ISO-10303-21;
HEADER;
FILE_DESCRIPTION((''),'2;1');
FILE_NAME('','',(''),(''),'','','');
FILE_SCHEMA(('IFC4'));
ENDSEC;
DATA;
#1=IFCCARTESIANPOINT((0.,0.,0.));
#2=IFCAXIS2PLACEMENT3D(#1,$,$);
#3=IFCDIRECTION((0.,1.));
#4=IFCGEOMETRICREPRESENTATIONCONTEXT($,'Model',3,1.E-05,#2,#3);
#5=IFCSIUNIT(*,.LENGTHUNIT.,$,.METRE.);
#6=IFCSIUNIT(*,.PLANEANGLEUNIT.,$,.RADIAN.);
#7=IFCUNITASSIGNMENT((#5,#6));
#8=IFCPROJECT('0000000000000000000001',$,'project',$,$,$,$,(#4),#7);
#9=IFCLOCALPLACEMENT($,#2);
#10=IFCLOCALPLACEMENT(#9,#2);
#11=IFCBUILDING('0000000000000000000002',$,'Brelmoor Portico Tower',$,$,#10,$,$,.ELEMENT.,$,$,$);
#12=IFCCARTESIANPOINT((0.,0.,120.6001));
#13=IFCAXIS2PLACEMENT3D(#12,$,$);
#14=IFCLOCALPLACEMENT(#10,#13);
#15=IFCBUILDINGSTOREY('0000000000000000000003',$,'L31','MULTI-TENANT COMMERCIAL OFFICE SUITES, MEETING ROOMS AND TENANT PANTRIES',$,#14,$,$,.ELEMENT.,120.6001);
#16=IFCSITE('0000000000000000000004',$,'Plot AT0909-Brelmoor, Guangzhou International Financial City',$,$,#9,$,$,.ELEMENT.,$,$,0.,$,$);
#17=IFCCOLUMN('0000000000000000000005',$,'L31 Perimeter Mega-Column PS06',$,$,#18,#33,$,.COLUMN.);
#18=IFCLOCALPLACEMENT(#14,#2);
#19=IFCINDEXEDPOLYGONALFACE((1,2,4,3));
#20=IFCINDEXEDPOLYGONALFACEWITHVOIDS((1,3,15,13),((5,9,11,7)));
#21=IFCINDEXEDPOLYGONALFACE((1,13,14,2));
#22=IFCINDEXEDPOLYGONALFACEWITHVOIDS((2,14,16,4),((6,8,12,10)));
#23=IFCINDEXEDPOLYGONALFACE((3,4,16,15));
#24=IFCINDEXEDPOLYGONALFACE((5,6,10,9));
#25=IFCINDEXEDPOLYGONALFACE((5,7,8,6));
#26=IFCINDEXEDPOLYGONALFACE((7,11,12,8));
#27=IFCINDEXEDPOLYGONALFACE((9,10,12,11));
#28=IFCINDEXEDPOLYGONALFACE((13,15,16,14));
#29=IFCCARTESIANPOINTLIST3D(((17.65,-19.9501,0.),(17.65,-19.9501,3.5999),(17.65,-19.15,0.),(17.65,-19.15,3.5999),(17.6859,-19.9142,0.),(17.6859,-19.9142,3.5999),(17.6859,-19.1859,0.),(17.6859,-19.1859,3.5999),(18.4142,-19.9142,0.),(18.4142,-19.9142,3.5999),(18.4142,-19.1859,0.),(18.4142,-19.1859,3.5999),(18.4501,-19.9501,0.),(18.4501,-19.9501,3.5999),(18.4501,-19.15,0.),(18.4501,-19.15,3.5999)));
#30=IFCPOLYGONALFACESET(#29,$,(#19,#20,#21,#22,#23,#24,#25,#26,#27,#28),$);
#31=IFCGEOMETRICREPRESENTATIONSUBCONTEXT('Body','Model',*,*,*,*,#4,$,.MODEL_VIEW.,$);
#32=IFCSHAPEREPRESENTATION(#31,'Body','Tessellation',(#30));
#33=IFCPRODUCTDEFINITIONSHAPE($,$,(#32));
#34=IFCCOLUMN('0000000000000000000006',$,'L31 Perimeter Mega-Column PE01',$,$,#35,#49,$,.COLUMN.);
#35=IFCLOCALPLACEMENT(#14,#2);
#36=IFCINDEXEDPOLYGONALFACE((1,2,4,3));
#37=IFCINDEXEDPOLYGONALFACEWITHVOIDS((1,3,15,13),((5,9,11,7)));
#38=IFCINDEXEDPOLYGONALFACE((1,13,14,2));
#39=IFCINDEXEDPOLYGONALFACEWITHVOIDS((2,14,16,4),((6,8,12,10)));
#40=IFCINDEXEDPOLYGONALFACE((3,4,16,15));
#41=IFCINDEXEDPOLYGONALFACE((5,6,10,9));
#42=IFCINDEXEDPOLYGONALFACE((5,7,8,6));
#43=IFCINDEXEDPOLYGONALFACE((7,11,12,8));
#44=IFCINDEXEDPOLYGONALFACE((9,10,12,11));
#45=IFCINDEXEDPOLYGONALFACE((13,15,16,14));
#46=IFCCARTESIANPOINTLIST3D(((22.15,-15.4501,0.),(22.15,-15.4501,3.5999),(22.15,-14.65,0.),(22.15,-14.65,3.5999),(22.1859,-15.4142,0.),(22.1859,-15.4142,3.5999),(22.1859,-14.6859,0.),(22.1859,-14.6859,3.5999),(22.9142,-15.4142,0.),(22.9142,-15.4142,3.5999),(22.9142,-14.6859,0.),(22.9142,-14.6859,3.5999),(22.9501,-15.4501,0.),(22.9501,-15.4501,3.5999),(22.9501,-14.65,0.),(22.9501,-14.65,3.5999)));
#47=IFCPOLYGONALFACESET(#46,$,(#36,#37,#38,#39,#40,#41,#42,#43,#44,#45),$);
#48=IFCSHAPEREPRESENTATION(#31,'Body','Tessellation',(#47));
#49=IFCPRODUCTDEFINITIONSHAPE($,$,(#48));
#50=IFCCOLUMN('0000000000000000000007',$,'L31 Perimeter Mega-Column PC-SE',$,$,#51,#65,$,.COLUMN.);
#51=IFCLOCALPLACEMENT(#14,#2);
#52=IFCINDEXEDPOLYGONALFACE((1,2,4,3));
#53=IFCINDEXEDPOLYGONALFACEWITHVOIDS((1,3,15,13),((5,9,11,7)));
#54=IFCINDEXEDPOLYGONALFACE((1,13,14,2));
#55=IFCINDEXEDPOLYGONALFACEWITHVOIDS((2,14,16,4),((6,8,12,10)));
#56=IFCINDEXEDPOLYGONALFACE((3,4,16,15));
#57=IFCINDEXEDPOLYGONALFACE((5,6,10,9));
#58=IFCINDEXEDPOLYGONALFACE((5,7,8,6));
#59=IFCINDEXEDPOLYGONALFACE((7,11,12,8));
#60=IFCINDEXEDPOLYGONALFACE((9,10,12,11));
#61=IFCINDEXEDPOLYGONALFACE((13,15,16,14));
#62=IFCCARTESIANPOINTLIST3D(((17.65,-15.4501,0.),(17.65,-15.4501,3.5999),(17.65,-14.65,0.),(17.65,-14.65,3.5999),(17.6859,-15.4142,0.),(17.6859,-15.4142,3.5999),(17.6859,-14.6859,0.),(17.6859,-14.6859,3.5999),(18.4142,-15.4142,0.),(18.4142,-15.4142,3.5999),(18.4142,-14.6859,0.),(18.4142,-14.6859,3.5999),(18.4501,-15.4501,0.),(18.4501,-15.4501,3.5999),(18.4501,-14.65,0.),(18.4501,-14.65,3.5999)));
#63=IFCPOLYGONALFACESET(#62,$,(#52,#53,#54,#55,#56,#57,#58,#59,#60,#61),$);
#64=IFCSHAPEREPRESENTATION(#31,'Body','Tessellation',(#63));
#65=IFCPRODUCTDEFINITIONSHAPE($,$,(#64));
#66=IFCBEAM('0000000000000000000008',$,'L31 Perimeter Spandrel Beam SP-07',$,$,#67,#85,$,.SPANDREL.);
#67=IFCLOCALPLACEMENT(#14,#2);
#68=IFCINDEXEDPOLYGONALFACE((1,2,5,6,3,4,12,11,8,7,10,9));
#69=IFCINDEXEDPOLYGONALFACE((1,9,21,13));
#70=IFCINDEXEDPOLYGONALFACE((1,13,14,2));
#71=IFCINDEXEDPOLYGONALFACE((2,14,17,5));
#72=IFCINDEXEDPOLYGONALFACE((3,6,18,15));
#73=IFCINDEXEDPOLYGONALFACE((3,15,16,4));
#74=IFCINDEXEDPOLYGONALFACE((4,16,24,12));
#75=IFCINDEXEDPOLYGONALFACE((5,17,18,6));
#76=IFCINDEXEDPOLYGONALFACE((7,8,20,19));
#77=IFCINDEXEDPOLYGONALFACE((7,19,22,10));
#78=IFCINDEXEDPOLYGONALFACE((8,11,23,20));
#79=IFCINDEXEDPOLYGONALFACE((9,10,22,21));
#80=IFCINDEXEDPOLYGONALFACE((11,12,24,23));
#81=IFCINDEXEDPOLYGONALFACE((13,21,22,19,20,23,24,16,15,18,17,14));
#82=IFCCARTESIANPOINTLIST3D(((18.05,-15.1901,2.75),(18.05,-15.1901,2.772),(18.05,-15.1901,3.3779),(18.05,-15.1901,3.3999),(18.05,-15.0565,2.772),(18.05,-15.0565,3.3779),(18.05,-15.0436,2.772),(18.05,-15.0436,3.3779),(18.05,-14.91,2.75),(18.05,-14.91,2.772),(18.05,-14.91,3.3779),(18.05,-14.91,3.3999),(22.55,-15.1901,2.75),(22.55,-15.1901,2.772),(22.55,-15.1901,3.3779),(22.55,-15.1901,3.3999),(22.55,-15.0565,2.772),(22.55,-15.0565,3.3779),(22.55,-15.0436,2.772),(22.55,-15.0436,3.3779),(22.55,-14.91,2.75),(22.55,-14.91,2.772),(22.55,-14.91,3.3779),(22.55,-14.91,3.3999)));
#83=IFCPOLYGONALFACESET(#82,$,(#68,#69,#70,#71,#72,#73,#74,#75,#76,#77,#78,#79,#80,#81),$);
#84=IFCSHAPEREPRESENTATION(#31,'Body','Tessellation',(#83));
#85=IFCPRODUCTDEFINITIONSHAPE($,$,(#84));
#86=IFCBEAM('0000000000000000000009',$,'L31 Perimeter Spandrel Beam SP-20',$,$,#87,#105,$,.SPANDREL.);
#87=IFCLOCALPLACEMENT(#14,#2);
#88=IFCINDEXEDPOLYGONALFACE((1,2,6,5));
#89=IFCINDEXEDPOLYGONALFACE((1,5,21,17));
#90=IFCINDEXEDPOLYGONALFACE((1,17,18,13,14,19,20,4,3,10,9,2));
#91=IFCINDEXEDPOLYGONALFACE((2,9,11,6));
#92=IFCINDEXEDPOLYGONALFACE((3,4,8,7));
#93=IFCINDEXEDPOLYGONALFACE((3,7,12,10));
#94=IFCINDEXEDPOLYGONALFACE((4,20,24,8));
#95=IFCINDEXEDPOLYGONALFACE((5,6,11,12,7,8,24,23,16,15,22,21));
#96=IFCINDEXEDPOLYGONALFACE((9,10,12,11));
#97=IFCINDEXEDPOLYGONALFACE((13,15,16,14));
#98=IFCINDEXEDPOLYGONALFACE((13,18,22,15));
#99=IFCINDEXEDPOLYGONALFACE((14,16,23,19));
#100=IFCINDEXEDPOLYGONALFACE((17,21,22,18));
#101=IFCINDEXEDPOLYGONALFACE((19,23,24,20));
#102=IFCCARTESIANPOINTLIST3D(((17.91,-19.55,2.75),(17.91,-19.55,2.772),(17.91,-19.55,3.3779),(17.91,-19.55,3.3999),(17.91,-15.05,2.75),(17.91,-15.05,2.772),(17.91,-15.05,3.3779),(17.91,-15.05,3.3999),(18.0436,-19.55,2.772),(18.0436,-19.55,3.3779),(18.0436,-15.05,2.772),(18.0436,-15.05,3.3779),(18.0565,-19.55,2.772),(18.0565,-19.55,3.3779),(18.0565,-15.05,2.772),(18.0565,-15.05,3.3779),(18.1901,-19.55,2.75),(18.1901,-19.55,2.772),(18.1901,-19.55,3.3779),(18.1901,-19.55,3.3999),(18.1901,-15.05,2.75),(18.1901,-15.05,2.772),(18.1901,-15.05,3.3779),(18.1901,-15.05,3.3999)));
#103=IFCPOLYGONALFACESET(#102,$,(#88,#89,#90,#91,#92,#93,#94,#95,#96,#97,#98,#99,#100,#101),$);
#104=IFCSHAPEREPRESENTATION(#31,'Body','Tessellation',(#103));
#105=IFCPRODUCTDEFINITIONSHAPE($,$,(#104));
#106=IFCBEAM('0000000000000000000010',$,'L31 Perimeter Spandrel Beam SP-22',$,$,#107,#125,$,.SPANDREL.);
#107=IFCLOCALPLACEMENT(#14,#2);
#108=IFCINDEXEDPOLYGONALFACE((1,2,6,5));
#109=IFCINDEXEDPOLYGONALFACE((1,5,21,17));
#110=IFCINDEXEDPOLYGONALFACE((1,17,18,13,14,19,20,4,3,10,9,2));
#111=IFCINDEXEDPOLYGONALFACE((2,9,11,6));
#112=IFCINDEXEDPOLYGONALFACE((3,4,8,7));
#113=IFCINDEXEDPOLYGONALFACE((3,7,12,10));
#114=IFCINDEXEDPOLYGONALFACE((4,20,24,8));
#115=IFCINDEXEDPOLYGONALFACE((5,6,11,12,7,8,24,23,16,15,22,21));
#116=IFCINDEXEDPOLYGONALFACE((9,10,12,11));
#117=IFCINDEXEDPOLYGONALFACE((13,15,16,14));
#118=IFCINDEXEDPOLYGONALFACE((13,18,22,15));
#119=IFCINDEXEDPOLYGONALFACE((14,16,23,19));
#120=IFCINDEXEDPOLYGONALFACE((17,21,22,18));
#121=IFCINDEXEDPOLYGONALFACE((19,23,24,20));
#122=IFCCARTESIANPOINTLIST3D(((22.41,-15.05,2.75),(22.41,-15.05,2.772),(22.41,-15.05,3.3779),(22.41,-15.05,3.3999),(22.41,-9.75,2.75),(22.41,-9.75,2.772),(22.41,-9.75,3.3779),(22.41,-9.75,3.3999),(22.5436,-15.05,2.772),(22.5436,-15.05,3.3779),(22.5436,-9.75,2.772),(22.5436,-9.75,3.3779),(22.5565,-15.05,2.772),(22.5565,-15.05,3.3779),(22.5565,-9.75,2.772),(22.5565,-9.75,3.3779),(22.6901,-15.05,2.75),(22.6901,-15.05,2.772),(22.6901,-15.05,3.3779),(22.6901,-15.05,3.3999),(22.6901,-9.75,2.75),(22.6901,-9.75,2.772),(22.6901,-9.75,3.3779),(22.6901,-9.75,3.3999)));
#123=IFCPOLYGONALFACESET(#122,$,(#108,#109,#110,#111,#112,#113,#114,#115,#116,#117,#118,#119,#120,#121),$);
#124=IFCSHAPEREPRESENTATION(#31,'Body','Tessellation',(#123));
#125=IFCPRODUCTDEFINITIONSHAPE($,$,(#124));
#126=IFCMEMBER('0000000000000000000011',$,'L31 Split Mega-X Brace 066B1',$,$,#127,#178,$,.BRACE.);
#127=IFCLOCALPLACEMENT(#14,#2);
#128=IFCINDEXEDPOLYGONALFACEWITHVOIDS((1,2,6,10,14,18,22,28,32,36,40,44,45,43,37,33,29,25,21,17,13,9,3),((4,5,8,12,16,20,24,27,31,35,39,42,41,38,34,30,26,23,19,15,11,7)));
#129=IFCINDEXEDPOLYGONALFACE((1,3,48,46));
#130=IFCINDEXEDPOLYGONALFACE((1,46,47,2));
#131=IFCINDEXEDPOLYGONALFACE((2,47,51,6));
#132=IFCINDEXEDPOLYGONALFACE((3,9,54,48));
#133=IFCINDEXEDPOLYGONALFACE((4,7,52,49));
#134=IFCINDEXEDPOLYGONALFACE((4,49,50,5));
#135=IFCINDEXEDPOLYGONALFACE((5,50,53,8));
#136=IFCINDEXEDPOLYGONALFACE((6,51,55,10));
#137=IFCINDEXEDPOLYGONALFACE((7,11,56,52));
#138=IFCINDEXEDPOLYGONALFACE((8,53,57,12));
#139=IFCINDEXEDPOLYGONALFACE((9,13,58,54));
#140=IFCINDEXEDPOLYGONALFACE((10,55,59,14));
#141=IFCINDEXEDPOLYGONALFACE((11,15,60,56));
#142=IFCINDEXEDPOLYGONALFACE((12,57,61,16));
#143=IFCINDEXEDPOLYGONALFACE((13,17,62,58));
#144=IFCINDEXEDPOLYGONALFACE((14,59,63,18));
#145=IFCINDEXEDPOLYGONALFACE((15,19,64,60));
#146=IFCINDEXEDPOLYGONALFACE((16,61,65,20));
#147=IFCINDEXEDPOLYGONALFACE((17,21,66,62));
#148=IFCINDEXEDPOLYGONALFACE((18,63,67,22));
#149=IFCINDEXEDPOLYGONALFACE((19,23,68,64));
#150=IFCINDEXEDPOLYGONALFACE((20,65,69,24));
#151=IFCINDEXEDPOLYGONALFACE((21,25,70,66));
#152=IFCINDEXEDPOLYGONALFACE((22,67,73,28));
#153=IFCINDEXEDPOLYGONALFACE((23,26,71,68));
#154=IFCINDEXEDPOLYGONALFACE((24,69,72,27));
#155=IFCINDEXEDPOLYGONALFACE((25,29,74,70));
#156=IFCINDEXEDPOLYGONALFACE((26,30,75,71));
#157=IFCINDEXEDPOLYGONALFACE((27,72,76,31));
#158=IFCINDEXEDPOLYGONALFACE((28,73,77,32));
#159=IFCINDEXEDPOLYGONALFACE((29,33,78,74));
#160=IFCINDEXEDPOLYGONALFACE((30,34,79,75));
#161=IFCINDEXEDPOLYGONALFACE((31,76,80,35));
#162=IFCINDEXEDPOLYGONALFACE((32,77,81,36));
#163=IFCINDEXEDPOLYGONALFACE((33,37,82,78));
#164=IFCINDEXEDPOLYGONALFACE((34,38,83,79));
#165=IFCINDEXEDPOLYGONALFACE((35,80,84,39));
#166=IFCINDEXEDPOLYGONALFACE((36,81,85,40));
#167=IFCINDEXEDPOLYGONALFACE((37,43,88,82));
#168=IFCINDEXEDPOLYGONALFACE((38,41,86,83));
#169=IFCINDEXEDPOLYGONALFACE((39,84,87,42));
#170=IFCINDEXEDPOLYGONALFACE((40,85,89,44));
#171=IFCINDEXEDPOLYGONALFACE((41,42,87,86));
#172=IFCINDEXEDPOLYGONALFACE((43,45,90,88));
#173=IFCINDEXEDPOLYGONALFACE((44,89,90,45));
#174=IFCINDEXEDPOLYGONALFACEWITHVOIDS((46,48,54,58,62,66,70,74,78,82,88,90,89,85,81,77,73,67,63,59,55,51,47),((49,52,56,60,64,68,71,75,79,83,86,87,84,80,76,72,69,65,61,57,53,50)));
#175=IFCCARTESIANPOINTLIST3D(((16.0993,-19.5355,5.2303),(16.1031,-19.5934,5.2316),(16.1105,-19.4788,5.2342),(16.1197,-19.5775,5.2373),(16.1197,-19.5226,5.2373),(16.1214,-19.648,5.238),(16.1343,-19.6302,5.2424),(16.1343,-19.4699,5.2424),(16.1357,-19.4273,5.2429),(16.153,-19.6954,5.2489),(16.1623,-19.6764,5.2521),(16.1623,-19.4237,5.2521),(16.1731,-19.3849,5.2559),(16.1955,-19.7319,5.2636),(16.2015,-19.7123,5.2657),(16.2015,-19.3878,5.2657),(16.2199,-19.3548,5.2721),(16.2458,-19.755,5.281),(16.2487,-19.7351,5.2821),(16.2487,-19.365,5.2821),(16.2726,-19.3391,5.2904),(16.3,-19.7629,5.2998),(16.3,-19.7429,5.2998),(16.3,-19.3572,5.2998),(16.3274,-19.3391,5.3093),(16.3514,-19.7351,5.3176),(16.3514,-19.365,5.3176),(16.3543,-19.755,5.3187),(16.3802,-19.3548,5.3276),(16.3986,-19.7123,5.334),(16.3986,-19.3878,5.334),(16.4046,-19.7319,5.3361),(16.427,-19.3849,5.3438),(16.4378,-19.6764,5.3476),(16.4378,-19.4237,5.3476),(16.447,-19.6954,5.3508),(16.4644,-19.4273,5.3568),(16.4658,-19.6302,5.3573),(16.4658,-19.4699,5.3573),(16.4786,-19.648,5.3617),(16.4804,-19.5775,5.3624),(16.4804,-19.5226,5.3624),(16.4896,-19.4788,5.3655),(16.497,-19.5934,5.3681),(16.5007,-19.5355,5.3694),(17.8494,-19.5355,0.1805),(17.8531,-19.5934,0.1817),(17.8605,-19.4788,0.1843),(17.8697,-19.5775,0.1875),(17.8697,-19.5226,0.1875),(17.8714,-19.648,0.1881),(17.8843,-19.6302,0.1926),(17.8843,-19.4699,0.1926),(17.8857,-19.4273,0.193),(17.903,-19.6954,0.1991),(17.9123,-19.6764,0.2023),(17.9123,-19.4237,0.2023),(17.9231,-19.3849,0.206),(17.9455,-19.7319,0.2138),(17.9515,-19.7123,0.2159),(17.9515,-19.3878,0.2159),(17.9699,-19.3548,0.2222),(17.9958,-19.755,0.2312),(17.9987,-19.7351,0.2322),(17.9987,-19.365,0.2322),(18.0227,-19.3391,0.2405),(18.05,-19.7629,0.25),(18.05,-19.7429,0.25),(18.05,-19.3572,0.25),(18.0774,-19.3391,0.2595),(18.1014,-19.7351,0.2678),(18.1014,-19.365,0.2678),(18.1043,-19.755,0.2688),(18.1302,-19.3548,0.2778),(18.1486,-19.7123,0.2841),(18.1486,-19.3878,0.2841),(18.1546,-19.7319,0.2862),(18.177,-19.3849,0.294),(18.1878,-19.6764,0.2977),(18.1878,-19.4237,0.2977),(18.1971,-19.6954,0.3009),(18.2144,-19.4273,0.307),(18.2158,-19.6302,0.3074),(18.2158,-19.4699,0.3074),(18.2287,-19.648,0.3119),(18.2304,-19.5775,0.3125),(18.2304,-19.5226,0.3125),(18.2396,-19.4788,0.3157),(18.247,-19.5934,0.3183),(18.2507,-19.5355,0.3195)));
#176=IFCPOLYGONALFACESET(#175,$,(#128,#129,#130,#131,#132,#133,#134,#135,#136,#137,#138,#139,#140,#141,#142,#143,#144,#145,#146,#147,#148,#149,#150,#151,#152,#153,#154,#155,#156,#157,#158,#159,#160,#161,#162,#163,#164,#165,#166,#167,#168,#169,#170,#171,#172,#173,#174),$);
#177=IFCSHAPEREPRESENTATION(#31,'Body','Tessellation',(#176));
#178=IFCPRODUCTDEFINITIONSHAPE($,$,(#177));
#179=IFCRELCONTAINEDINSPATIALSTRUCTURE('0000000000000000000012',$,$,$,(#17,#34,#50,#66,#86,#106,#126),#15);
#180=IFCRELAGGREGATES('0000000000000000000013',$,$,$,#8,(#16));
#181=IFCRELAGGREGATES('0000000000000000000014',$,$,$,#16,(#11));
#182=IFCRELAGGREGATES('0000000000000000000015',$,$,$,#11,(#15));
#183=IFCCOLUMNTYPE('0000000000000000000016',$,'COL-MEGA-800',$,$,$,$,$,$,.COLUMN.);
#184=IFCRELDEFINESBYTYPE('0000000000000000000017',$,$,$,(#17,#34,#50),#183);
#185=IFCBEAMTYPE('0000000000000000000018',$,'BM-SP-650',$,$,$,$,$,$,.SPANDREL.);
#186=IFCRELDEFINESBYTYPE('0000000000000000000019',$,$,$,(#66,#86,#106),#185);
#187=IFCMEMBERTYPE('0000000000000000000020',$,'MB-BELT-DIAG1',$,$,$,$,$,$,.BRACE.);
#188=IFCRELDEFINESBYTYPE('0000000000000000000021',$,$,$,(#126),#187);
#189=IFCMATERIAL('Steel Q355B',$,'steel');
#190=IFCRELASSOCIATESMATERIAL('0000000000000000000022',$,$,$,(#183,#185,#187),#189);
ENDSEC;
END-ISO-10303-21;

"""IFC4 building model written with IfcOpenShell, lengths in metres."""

from ifc_helpers import new_model, si_unit, direction, frame, origin, origin_2d, place, context, subcontext, project, spatial, hollow_rectangle, hollow_circle, i_section, extrude, material, material_profile, profile_set, type_object, element, save


model = new_model("IFC4")

# Units and contexts
model_context = context("Model", 3, precision=1e-05, world=origin(), true_north=direction((0.0, 1.0)))
body_context = subcontext(model_context, "Body", "Model", "MODEL_VIEW")
ifc_project = project(units=[si_unit("LENGTHUNIT", "METRE"), si_unit("PLANEANGLEUNIT", "RADIAN")], contexts=[model_context])

# Site, building, storey
site_placement = place(None, origin())
site = spatial("IfcSite", under=ifc_project, at=site_placement, Name="Plot AT0909-Brelmoor, Guangzhou International Financial City", CompositionType="ELEMENT", RefElevation=0.0)
building_placement = place(site_placement, origin())
building = spatial("IfcBuilding", under=site, at=building_placement, Name="Brelmoor Portico Tower", CompositionType="ELEMENT")
storey_placement = place(building_placement, frame((0.0, 0.0, 120.6001)))
storey = spatial("IfcBuildingStorey", under=building, at=storey_placement, Name="L31", Description="MULTI-TENANT COMMERCIAL OFFICE SUITES, MEETING ROOMS AND TENANT PANTRIES", CompositionType="ELEMENT", Elevation=120.6001)

# Columns
ifc_material_1 = material(Name="Steel Q355B", Category="steel")
ifc_material_profile_1 = material_profile(ifc_material_1, hollow_rectangle(XDim=0.8, YDim=0.8, WallThickness=0.0359, at=origin_2d()), Name="BOX 800x800x36")
ifc_profile_set_1 = profile_set([ifc_material_profile_1], Name="Steel Q355B")
column_type = type_object("IfcColumnType", Name="COL-MEGA-800", PredefinedType="COLUMN", material=ifc_profile_set_1)
for number, where, z_axis, x_axis, name in (
    (1, (18.05, -19.55, 0.0), (0.0, 0.0, 1.0), (1.0, 0.0, 0.0), "L31 Perimeter Mega-Column PS06"),
    (2, (22.55, -15.05, 0.0), (0.0, 0.0, 1.0), (0.0, 1.0, 0.0), "L31 Perimeter Mega-Column PE01"),
    (3, (18.05, -15.05, 0.0), (0.0, 0.0, 1.0), (1.0, 0.0, 0.0), "L31 Perimeter Mega-Column PC-SE"),
):
    element("IfcColumn", number, at=place(storey_placement, frame(where, z_axis=z_axis, x_axis=x_axis)), inside=storey, type_object=column_type, Name=name, PredefinedType="COLUMN", context=body_context, shape_type="SweptSolid", body=[
        extrude(hollow_rectangle(XDim=0.8, YDim=0.8, WallThickness=0.0359, at=origin_2d()), origin(), (0.0, 0.0, 1.0), 3.5999),
    ])

# Beams
ifc_material_profile_2 = material_profile(ifc_material_1, i_section(OverallWidth=0.28, OverallDepth=0.6499, WebThickness=0.0129, FlangeThickness=0.022, at=origin_2d()), Name="HN 650x280x13x22")
ifc_profile_set_2 = profile_set([ifc_material_profile_2], Name="Steel Q355B")
beam_type = type_object("IfcBeamType", Name="BM-SP-650", PredefinedType="SPANDREL", material=ifc_profile_set_2)
for number, where, z_axis, x_axis, name in (
    (4, (18.05, -15.05, 3.075), (1.0, 0.0, 0.0), (0.0, 1.0, 0.0), "L31 Perimeter Spandrel Beam SP-07"),
    (5, (18.05, -19.55, 3.075), (0.0, 1.0, 0.0), (-1.0, 0.0, 0.0), "L31 Perimeter Spandrel Beam SP-20"),
):
    element("IfcBeam", number, at=place(storey_placement, frame(where, z_axis=z_axis, x_axis=x_axis)), inside=storey, type_object=beam_type, Name=name, PredefinedType="SPANDREL", context=body_context, shape_type="SweptSolid", body=[
        extrude(i_section(OverallWidth=0.28, OverallDepth=0.6499, WebThickness=0.0129, FlangeThickness=0.022, at=origin_2d()), origin(), (0.0, 0.0, 1.0), 4.5),
    ])
beam_placement = place(storey_placement, frame((22.55, -15.05, 3.075), z_axis=(0.0, 1.0, 0.0), x_axis=(-1.0, 0.0, 0.0)))
element("IfcBeam", 6, at=beam_placement, inside=storey, type_object=beam_type, Name="L31 Perimeter Spandrel Beam SP-22", PredefinedType="SPANDREL", context=body_context, shape_type="SweptSolid", body=[
    extrude(i_section(OverallWidth=0.28, OverallDepth=0.6499, WebThickness=0.0129, FlangeThickness=0.022, at=origin_2d()), origin(), (0.0, 0.0, 1.0), 5.3),
])

# Member
ifc_material_profile_3 = material_profile(ifc_material_1, hollow_circle(Radius=0.2129, WallThickness=0.02, at=origin_2d()), Name="CHS 426x20")
ifc_profile_set_3 = profile_set([ifc_material_profile_3], Name="Steel Q355B")
member_type_1 = type_object("IfcMemberType", Name="MB-BELT-DIAG1", PredefinedType="BRACE", material=ifc_profile_set_3)
member_1_placement = place(storey_placement, frame((18.05, -19.55, 0.25), z_axis=(-0.327443, 0.0, 0.944871), x_axis=(0.0, -1.0, 0.0)))
element("IfcMember", 7, at=member_1_placement, inside=storey, type_object=member_type_1, Name="L31 Split Mega-X Brace 066B1", PredefinedType="BRACE", context=body_context, shape_type="SweptSolid", body=[
    extrude(hollow_circle(Radius=0.2129, WallThickness=0.02, at=origin_2d()), origin(), (0.0, 0.0, 1.0), 5.3445),
])

save(model, "model.ifc")
